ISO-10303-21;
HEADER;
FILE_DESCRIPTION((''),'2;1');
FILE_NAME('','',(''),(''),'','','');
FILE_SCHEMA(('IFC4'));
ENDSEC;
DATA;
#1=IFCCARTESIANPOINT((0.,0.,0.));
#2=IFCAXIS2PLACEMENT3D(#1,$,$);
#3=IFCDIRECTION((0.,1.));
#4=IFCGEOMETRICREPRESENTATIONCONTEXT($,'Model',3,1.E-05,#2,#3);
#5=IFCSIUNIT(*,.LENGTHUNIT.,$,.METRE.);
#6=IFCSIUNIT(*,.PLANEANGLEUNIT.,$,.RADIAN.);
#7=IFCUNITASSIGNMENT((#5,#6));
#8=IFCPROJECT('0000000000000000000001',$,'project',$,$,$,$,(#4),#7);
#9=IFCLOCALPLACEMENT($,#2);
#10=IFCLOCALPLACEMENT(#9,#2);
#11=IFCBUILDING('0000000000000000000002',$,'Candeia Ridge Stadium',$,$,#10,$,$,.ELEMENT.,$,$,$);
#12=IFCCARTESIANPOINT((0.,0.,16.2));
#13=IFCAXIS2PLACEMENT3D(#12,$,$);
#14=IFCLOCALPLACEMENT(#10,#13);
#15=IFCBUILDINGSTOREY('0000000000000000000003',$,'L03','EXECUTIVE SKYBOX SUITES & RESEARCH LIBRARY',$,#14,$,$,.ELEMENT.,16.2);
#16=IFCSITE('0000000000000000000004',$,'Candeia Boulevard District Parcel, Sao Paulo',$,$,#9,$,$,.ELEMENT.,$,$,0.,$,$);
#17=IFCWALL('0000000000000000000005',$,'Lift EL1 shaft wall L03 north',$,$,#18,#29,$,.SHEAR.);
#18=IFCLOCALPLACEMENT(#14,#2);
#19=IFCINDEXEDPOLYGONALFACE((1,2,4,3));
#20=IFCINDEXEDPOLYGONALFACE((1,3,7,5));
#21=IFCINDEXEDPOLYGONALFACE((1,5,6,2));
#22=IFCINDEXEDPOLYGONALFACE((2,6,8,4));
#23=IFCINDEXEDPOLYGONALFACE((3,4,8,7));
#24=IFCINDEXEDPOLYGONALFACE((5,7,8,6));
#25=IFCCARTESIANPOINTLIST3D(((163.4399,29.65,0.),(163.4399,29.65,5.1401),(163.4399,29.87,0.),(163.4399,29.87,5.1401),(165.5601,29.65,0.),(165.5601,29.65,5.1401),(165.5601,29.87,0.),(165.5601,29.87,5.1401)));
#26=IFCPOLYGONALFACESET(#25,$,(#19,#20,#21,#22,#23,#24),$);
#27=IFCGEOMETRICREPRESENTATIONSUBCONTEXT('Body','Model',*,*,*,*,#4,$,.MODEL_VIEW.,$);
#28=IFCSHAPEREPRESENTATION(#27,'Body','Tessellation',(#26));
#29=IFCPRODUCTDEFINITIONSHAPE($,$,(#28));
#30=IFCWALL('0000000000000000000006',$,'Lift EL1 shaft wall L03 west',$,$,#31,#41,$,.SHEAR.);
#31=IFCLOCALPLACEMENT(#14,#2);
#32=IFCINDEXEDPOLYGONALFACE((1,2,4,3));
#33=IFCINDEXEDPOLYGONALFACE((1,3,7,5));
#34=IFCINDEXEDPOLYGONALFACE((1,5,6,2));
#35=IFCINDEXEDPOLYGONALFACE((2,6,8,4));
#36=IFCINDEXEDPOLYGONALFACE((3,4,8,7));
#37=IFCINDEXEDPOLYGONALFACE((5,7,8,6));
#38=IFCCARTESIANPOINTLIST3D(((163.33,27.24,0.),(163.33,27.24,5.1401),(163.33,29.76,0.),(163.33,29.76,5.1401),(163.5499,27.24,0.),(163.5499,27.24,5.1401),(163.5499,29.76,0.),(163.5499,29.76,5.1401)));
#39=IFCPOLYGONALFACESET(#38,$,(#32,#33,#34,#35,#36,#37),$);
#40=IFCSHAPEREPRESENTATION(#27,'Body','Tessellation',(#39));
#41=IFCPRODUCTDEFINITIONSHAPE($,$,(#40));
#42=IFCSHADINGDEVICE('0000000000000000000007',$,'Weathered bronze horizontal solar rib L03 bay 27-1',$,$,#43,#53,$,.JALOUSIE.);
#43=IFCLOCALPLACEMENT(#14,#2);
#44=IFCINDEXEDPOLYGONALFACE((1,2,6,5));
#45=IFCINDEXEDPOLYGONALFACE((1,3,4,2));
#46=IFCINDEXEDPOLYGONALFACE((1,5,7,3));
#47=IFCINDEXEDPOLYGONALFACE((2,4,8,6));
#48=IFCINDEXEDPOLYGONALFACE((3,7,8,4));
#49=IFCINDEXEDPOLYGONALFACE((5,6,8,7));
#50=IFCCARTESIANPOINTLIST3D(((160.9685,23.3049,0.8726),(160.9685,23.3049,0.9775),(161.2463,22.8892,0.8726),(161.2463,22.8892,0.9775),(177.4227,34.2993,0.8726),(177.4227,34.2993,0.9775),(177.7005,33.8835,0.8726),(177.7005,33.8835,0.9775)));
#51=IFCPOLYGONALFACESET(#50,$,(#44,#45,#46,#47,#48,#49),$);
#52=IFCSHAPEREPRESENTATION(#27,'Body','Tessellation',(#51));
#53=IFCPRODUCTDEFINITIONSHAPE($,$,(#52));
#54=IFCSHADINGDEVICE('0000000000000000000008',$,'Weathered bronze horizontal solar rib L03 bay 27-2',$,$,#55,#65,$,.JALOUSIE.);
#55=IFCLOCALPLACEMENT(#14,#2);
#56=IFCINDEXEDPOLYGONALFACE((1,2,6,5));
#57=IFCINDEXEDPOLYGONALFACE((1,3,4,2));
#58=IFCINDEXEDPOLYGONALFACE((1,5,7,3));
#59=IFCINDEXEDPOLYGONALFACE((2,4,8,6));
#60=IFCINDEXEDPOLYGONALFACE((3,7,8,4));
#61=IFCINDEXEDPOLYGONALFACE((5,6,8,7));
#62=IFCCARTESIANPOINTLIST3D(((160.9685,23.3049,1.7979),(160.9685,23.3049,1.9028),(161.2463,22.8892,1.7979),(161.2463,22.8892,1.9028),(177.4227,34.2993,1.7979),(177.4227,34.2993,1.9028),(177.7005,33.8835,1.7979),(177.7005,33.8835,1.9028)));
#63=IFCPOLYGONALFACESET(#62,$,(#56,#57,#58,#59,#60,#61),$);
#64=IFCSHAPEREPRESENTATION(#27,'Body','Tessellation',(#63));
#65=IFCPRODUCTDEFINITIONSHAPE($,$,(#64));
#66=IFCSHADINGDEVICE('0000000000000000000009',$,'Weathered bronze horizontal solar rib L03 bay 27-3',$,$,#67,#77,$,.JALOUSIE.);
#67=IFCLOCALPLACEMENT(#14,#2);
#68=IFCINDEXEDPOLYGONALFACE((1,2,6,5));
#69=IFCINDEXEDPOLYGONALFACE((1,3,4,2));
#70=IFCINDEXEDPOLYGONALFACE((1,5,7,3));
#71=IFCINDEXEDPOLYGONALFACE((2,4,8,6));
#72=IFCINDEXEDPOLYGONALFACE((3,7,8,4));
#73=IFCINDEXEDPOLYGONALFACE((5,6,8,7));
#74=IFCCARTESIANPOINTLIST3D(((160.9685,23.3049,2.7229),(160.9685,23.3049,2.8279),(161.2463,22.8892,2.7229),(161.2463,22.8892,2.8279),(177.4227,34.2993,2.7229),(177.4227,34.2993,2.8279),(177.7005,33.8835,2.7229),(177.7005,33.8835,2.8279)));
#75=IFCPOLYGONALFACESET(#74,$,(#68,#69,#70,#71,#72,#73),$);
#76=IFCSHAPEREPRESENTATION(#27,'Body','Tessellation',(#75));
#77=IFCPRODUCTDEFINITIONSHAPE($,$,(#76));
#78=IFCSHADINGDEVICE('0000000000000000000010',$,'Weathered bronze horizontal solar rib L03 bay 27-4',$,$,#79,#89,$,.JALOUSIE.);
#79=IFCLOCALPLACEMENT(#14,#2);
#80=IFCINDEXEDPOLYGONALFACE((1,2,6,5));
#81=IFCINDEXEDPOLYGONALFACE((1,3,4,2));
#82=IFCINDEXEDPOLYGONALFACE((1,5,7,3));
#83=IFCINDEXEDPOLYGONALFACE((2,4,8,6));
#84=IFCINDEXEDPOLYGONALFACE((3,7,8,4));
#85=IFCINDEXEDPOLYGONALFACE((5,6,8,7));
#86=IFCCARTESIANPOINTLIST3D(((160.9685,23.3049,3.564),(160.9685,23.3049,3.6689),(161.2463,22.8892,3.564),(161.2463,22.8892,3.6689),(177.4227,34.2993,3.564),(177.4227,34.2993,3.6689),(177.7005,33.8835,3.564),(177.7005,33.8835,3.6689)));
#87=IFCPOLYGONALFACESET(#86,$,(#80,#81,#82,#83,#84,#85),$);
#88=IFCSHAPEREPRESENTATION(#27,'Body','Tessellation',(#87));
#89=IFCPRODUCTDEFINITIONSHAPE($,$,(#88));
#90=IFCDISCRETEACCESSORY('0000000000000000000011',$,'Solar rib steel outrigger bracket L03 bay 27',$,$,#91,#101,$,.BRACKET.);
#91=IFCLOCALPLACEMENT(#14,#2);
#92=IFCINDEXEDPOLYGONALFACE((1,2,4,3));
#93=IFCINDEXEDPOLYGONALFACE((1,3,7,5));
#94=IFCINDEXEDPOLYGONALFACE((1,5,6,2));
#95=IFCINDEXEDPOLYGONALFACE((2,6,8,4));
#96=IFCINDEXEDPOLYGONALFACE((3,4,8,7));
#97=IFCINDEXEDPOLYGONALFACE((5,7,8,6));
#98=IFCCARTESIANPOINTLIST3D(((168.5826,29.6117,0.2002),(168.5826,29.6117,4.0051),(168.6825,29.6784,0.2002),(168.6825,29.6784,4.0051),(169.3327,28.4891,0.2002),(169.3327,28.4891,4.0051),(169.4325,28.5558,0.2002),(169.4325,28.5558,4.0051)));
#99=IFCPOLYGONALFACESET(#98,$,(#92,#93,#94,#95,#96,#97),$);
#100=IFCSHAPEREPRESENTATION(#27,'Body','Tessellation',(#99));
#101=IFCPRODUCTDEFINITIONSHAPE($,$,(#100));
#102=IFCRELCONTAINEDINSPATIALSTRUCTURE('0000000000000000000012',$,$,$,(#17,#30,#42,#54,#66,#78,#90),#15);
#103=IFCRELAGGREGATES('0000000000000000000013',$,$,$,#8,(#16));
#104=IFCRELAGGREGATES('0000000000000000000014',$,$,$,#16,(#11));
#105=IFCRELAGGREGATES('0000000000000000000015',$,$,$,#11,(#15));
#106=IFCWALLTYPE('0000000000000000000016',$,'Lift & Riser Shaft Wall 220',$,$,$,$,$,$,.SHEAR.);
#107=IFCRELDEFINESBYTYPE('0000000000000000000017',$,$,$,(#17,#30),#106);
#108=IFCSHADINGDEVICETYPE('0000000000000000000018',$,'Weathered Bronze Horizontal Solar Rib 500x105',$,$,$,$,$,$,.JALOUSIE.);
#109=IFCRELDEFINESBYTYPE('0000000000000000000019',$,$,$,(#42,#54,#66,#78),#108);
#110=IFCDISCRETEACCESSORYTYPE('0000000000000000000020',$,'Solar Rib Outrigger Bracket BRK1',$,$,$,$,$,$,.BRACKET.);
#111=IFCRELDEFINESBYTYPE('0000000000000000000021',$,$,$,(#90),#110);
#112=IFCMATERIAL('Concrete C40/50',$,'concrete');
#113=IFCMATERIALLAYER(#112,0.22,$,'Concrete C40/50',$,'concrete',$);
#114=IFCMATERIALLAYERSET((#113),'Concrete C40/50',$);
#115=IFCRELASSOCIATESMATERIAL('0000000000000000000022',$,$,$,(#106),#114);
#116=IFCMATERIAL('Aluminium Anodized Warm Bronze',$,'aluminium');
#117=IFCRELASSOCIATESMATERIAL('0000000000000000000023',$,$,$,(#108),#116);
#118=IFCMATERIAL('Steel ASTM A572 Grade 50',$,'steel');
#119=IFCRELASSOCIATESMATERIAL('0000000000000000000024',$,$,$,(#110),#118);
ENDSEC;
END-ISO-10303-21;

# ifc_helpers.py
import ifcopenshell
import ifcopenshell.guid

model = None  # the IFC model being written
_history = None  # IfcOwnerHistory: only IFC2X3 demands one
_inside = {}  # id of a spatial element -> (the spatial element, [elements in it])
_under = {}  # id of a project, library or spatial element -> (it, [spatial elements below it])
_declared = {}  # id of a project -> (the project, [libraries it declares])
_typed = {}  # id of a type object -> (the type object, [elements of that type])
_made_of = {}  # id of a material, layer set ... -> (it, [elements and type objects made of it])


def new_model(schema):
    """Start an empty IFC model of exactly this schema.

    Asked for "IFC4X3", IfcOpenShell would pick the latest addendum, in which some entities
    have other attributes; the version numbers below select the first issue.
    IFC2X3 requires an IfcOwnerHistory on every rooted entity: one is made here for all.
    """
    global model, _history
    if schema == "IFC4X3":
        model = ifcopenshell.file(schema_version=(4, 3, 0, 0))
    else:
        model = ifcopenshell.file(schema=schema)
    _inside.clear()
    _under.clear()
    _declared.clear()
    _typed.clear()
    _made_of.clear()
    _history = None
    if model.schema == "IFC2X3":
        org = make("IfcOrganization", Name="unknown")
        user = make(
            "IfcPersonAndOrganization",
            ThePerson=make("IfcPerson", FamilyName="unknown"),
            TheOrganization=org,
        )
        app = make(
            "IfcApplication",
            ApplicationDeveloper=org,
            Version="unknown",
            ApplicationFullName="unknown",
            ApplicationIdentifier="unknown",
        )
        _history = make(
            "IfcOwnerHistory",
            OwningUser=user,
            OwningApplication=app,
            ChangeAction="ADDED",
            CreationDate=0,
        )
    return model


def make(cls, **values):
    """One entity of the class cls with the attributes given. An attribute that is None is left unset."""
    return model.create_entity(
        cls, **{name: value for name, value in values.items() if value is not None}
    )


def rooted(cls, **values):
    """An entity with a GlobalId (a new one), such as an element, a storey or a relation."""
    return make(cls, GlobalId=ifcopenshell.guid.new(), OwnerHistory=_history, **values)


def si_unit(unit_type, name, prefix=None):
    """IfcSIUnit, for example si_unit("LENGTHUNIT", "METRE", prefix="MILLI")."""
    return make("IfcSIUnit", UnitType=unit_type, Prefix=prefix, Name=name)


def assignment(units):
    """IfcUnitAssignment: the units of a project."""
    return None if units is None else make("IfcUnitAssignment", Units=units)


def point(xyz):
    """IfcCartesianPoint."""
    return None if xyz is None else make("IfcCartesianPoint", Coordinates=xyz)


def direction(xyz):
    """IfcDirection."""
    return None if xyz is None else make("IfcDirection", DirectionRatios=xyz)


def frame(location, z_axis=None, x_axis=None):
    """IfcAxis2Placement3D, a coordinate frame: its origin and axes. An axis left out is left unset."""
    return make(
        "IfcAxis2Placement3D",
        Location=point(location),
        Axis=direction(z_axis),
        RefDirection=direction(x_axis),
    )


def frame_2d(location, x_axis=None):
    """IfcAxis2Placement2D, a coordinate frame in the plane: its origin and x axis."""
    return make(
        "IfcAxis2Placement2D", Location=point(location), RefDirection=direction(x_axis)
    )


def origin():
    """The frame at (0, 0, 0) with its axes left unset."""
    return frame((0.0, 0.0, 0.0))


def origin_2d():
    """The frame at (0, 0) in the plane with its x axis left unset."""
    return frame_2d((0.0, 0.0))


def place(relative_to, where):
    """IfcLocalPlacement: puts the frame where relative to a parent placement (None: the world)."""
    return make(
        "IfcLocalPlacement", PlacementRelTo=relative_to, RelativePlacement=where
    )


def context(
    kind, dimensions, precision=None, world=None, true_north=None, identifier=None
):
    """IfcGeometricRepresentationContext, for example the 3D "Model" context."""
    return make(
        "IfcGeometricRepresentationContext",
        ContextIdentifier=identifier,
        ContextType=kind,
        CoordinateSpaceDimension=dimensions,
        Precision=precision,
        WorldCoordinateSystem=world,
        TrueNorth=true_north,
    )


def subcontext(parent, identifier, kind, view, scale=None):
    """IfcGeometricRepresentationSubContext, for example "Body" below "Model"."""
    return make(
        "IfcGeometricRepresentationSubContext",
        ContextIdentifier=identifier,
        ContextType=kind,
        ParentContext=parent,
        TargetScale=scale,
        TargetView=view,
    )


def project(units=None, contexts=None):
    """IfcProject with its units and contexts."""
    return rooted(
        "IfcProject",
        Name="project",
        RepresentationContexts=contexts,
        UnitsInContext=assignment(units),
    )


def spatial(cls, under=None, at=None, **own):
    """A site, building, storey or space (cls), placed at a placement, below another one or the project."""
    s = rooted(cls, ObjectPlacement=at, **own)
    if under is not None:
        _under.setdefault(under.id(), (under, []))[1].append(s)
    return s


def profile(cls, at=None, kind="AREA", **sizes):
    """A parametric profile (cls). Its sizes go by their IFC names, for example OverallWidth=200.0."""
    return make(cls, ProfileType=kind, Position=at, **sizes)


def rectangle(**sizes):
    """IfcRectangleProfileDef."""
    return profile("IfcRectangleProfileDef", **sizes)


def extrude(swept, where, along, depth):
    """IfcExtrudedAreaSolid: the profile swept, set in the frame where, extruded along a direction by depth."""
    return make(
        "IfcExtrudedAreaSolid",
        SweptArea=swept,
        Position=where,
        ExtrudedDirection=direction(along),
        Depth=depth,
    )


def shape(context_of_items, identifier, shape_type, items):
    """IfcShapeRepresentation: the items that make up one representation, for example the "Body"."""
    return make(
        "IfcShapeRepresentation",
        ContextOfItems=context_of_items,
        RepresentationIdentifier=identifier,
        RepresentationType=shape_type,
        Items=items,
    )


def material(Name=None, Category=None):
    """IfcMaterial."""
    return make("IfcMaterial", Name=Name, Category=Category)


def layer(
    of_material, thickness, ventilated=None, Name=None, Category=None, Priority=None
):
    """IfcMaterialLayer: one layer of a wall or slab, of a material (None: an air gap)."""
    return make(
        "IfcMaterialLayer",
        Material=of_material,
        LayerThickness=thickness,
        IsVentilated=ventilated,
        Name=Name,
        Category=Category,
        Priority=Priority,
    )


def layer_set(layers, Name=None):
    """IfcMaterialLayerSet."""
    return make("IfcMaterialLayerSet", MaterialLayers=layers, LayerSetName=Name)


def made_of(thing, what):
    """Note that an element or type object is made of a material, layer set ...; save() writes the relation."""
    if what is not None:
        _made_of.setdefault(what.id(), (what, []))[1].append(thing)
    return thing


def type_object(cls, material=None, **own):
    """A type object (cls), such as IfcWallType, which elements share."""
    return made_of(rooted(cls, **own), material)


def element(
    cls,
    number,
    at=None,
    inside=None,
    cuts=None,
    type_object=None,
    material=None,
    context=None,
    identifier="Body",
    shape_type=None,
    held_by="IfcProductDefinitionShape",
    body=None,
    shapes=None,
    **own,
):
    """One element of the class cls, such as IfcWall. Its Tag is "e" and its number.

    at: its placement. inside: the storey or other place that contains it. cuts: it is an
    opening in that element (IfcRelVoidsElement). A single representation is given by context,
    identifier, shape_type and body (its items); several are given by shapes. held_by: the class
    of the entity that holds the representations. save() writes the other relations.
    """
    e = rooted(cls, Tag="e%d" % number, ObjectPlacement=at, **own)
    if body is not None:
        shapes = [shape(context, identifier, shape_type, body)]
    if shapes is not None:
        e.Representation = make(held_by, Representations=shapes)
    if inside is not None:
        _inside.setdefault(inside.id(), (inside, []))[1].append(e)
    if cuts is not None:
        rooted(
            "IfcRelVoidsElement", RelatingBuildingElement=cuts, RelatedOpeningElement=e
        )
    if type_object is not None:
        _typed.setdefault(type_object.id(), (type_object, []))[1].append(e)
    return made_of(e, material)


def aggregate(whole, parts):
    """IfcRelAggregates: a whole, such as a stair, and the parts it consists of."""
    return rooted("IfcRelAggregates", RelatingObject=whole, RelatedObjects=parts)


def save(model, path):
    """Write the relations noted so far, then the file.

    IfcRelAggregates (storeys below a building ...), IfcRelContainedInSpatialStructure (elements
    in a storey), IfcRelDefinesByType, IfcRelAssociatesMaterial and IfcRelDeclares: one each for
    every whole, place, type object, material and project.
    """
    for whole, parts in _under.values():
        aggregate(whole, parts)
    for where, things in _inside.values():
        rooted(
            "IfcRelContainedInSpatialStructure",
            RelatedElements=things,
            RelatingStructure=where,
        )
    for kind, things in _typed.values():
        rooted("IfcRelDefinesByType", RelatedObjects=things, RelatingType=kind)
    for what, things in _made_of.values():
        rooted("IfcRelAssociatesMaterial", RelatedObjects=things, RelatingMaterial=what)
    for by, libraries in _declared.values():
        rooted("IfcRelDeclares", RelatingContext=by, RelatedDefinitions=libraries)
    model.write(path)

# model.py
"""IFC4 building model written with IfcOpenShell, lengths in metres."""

from ifc_helpers import new_model, si_unit, direction, frame, frame_2d, origin, origin_2d, place, context, subcontext, project, spatial, rectangle, extrude, material, layer, layer_set, type_object, element, save


model = new_model("IFC4")

# Units and contexts
model_context = context("Model", 3, precision=1e-05, world=origin(), true_north=direction((0.0, 1.0)))
body_context = subcontext(model_context, "Body", "Model", "MODEL_VIEW")
ifc_project = project(units=[si_unit("LENGTHUNIT", "METRE"), si_unit("PLANEANGLEUNIT", "RADIAN")], contexts=[model_context])

# Site, building, storey
site_placement = place(None, origin())
site = spatial("IfcSite", under=ifc_project, at=site_placement, Name="Candeia Boulevard District Parcel, Sao Paulo", CompositionType="ELEMENT", RefElevation=0.0)
building_placement = place(site_placement, origin())
building = spatial("IfcBuilding", under=site, at=building_placement, Name="Candeia Ridge Stadium", CompositionType="ELEMENT")
storey_placement = place(building_placement, frame((0.0, 0.0, 16.2)))
storey = spatial("IfcBuildingStorey", under=building, at=storey_placement, Name="L03", Description="EXECUTIVE SKYBOX SUITES & RESEARCH LIBRARY", CompositionType="ELEMENT", Elevation=16.2)

# Shared definitions
ifc_material_1 = material(Name="Concrete C40/50", Category="concrete")

# Shared definitions
ifc_material_2 = material(Name="Aluminium Anodized Warm Bronze", Category="aluminium")

# Shared definitions
ifc_layer_1 = layer(ifc_material_1, 0.22, Name="Concrete C40/50", Category="concrete")
ifc_layer_set_1 = layer_set([ifc_layer_1], Name="Concrete C40/50")
wall_type = type_object("IfcWallType", Name="Lift & Riser Shaft Wall 220", PredefinedType="SHEAR", material=ifc_layer_set_1)

# Walls
wall_1_placement = place(storey_placement, frame((165.5601, 29.76, 0.0), z_axis=(0.0, 0.0, 1.0), x_axis=(-1.0, 0.0, 0.0)))
element("IfcWall", 1, at=wall_1_placement, inside=storey, type_object=wall_type, Name="Lift EL1 shaft wall L03 north", PredefinedType="SHEAR", context=body_context, shape_type="SweptSolid", body=[
    extrude(rectangle(XDim=2.1201, YDim=0.22, at=frame_2d((1.0601, 0.0))), origin(), (0.0, 0.0, 1.0), 5.1401),
])
wall_2_placement = place(storey_placement, frame((163.4399, 29.76, 0.0), z_axis=(0.0, 0.0, 1.0), x_axis=(0.0, -1.0, 0.0)))
element("IfcWall", 2, at=wall_2_placement, inside=storey, type_object=wall_type, Name="Lift EL1 shaft wall L03 west", PredefinedType="SHEAR", context=body_context, shape_type="SweptSolid", body=[
    extrude(rectangle(XDim=2.52, YDim=0.22, at=frame_2d((1.26, 0.0))), origin(), (0.0, 0.0, 1.0), 5.1401),
])

# Shading devices
shading_device_type = type_object("IfcShadingDeviceType", Name="Weathered Bronze Horizontal Solar Rib 500x105", PredefinedType="JALOUSIE", material=ifc_material_2)
for number, where, z_axis, x_axis, name in (
    (3, (169.3345, 28.5942, 0.8726), (0.0, 0.0, 1.0), (0.83147, 0.55557, 0.0), "Weathered bronze horizontal solar rib L03 bay 27-1"),
    (4, (169.3345, 28.5942, 1.7979), (0.0, 0.0, 1.0), (0.83147, 0.55557, 0.0), "Weathered bronze horizontal solar rib L03 bay 27-2"),
    (5, (169.3345, 28.5942, 2.7229), (0.0, 0.0, 1.0), (0.83147, 0.55557, 0.0), "Weathered bronze horizontal solar rib L03 bay 27-3"),
    (6, (169.3345, 28.5942, 3.564), (0.0, 0.0, 1.0), (0.83147, 0.55557, 0.0), "Weathered bronze horizontal solar rib L03 bay 27-4"),
):
    element("IfcShadingDevice", number, at=place(storey_placement, frame(where, z_axis=z_axis, x_axis=x_axis)), inside=storey, type_object=shading_device_type, Name=name, PredefinedType="JALOUSIE", context=body_context, shape_type="SweptSolid", body=[
        extrude(rectangle(XDim=19.7893, YDim=0.5, at=origin_2d()), origin(), (0.0, 0.0, 1.0), 0.105),
    ])

# Discrete accessory
ifc_material_3 = material(Name="Steel ASTM A572 Grade 50", Category="steel")
discrete_accessory_type = type_object("IfcDiscreteAccessoryType", Name="Solar Rib Outrigger Bracket BRK1", PredefinedType="BRACKET", material=ifc_material_3)
discrete_accessory_placement = place(storey_placement, frame((169.0076, 29.0837, 0.2002), z_axis=(0.0, 0.0, 1.0), x_axis=(0.55557, -0.83147, 0.0)))
element("IfcDiscreteAccessory", 7, at=discrete_accessory_placement, inside=storey, type_object=discrete_accessory_type, Name="Solar rib steel outrigger bracket L03 bay 27", PredefinedType="BRACKET", context=body_context, shape_type="SweptSolid", body=[
    extrude(rectangle(XDim=1.3501, YDim=0.1201, at=origin_2d()), origin(), (0.0, 0.0, 1.0), 3.8049),
])

save(model, "model.ifc")
